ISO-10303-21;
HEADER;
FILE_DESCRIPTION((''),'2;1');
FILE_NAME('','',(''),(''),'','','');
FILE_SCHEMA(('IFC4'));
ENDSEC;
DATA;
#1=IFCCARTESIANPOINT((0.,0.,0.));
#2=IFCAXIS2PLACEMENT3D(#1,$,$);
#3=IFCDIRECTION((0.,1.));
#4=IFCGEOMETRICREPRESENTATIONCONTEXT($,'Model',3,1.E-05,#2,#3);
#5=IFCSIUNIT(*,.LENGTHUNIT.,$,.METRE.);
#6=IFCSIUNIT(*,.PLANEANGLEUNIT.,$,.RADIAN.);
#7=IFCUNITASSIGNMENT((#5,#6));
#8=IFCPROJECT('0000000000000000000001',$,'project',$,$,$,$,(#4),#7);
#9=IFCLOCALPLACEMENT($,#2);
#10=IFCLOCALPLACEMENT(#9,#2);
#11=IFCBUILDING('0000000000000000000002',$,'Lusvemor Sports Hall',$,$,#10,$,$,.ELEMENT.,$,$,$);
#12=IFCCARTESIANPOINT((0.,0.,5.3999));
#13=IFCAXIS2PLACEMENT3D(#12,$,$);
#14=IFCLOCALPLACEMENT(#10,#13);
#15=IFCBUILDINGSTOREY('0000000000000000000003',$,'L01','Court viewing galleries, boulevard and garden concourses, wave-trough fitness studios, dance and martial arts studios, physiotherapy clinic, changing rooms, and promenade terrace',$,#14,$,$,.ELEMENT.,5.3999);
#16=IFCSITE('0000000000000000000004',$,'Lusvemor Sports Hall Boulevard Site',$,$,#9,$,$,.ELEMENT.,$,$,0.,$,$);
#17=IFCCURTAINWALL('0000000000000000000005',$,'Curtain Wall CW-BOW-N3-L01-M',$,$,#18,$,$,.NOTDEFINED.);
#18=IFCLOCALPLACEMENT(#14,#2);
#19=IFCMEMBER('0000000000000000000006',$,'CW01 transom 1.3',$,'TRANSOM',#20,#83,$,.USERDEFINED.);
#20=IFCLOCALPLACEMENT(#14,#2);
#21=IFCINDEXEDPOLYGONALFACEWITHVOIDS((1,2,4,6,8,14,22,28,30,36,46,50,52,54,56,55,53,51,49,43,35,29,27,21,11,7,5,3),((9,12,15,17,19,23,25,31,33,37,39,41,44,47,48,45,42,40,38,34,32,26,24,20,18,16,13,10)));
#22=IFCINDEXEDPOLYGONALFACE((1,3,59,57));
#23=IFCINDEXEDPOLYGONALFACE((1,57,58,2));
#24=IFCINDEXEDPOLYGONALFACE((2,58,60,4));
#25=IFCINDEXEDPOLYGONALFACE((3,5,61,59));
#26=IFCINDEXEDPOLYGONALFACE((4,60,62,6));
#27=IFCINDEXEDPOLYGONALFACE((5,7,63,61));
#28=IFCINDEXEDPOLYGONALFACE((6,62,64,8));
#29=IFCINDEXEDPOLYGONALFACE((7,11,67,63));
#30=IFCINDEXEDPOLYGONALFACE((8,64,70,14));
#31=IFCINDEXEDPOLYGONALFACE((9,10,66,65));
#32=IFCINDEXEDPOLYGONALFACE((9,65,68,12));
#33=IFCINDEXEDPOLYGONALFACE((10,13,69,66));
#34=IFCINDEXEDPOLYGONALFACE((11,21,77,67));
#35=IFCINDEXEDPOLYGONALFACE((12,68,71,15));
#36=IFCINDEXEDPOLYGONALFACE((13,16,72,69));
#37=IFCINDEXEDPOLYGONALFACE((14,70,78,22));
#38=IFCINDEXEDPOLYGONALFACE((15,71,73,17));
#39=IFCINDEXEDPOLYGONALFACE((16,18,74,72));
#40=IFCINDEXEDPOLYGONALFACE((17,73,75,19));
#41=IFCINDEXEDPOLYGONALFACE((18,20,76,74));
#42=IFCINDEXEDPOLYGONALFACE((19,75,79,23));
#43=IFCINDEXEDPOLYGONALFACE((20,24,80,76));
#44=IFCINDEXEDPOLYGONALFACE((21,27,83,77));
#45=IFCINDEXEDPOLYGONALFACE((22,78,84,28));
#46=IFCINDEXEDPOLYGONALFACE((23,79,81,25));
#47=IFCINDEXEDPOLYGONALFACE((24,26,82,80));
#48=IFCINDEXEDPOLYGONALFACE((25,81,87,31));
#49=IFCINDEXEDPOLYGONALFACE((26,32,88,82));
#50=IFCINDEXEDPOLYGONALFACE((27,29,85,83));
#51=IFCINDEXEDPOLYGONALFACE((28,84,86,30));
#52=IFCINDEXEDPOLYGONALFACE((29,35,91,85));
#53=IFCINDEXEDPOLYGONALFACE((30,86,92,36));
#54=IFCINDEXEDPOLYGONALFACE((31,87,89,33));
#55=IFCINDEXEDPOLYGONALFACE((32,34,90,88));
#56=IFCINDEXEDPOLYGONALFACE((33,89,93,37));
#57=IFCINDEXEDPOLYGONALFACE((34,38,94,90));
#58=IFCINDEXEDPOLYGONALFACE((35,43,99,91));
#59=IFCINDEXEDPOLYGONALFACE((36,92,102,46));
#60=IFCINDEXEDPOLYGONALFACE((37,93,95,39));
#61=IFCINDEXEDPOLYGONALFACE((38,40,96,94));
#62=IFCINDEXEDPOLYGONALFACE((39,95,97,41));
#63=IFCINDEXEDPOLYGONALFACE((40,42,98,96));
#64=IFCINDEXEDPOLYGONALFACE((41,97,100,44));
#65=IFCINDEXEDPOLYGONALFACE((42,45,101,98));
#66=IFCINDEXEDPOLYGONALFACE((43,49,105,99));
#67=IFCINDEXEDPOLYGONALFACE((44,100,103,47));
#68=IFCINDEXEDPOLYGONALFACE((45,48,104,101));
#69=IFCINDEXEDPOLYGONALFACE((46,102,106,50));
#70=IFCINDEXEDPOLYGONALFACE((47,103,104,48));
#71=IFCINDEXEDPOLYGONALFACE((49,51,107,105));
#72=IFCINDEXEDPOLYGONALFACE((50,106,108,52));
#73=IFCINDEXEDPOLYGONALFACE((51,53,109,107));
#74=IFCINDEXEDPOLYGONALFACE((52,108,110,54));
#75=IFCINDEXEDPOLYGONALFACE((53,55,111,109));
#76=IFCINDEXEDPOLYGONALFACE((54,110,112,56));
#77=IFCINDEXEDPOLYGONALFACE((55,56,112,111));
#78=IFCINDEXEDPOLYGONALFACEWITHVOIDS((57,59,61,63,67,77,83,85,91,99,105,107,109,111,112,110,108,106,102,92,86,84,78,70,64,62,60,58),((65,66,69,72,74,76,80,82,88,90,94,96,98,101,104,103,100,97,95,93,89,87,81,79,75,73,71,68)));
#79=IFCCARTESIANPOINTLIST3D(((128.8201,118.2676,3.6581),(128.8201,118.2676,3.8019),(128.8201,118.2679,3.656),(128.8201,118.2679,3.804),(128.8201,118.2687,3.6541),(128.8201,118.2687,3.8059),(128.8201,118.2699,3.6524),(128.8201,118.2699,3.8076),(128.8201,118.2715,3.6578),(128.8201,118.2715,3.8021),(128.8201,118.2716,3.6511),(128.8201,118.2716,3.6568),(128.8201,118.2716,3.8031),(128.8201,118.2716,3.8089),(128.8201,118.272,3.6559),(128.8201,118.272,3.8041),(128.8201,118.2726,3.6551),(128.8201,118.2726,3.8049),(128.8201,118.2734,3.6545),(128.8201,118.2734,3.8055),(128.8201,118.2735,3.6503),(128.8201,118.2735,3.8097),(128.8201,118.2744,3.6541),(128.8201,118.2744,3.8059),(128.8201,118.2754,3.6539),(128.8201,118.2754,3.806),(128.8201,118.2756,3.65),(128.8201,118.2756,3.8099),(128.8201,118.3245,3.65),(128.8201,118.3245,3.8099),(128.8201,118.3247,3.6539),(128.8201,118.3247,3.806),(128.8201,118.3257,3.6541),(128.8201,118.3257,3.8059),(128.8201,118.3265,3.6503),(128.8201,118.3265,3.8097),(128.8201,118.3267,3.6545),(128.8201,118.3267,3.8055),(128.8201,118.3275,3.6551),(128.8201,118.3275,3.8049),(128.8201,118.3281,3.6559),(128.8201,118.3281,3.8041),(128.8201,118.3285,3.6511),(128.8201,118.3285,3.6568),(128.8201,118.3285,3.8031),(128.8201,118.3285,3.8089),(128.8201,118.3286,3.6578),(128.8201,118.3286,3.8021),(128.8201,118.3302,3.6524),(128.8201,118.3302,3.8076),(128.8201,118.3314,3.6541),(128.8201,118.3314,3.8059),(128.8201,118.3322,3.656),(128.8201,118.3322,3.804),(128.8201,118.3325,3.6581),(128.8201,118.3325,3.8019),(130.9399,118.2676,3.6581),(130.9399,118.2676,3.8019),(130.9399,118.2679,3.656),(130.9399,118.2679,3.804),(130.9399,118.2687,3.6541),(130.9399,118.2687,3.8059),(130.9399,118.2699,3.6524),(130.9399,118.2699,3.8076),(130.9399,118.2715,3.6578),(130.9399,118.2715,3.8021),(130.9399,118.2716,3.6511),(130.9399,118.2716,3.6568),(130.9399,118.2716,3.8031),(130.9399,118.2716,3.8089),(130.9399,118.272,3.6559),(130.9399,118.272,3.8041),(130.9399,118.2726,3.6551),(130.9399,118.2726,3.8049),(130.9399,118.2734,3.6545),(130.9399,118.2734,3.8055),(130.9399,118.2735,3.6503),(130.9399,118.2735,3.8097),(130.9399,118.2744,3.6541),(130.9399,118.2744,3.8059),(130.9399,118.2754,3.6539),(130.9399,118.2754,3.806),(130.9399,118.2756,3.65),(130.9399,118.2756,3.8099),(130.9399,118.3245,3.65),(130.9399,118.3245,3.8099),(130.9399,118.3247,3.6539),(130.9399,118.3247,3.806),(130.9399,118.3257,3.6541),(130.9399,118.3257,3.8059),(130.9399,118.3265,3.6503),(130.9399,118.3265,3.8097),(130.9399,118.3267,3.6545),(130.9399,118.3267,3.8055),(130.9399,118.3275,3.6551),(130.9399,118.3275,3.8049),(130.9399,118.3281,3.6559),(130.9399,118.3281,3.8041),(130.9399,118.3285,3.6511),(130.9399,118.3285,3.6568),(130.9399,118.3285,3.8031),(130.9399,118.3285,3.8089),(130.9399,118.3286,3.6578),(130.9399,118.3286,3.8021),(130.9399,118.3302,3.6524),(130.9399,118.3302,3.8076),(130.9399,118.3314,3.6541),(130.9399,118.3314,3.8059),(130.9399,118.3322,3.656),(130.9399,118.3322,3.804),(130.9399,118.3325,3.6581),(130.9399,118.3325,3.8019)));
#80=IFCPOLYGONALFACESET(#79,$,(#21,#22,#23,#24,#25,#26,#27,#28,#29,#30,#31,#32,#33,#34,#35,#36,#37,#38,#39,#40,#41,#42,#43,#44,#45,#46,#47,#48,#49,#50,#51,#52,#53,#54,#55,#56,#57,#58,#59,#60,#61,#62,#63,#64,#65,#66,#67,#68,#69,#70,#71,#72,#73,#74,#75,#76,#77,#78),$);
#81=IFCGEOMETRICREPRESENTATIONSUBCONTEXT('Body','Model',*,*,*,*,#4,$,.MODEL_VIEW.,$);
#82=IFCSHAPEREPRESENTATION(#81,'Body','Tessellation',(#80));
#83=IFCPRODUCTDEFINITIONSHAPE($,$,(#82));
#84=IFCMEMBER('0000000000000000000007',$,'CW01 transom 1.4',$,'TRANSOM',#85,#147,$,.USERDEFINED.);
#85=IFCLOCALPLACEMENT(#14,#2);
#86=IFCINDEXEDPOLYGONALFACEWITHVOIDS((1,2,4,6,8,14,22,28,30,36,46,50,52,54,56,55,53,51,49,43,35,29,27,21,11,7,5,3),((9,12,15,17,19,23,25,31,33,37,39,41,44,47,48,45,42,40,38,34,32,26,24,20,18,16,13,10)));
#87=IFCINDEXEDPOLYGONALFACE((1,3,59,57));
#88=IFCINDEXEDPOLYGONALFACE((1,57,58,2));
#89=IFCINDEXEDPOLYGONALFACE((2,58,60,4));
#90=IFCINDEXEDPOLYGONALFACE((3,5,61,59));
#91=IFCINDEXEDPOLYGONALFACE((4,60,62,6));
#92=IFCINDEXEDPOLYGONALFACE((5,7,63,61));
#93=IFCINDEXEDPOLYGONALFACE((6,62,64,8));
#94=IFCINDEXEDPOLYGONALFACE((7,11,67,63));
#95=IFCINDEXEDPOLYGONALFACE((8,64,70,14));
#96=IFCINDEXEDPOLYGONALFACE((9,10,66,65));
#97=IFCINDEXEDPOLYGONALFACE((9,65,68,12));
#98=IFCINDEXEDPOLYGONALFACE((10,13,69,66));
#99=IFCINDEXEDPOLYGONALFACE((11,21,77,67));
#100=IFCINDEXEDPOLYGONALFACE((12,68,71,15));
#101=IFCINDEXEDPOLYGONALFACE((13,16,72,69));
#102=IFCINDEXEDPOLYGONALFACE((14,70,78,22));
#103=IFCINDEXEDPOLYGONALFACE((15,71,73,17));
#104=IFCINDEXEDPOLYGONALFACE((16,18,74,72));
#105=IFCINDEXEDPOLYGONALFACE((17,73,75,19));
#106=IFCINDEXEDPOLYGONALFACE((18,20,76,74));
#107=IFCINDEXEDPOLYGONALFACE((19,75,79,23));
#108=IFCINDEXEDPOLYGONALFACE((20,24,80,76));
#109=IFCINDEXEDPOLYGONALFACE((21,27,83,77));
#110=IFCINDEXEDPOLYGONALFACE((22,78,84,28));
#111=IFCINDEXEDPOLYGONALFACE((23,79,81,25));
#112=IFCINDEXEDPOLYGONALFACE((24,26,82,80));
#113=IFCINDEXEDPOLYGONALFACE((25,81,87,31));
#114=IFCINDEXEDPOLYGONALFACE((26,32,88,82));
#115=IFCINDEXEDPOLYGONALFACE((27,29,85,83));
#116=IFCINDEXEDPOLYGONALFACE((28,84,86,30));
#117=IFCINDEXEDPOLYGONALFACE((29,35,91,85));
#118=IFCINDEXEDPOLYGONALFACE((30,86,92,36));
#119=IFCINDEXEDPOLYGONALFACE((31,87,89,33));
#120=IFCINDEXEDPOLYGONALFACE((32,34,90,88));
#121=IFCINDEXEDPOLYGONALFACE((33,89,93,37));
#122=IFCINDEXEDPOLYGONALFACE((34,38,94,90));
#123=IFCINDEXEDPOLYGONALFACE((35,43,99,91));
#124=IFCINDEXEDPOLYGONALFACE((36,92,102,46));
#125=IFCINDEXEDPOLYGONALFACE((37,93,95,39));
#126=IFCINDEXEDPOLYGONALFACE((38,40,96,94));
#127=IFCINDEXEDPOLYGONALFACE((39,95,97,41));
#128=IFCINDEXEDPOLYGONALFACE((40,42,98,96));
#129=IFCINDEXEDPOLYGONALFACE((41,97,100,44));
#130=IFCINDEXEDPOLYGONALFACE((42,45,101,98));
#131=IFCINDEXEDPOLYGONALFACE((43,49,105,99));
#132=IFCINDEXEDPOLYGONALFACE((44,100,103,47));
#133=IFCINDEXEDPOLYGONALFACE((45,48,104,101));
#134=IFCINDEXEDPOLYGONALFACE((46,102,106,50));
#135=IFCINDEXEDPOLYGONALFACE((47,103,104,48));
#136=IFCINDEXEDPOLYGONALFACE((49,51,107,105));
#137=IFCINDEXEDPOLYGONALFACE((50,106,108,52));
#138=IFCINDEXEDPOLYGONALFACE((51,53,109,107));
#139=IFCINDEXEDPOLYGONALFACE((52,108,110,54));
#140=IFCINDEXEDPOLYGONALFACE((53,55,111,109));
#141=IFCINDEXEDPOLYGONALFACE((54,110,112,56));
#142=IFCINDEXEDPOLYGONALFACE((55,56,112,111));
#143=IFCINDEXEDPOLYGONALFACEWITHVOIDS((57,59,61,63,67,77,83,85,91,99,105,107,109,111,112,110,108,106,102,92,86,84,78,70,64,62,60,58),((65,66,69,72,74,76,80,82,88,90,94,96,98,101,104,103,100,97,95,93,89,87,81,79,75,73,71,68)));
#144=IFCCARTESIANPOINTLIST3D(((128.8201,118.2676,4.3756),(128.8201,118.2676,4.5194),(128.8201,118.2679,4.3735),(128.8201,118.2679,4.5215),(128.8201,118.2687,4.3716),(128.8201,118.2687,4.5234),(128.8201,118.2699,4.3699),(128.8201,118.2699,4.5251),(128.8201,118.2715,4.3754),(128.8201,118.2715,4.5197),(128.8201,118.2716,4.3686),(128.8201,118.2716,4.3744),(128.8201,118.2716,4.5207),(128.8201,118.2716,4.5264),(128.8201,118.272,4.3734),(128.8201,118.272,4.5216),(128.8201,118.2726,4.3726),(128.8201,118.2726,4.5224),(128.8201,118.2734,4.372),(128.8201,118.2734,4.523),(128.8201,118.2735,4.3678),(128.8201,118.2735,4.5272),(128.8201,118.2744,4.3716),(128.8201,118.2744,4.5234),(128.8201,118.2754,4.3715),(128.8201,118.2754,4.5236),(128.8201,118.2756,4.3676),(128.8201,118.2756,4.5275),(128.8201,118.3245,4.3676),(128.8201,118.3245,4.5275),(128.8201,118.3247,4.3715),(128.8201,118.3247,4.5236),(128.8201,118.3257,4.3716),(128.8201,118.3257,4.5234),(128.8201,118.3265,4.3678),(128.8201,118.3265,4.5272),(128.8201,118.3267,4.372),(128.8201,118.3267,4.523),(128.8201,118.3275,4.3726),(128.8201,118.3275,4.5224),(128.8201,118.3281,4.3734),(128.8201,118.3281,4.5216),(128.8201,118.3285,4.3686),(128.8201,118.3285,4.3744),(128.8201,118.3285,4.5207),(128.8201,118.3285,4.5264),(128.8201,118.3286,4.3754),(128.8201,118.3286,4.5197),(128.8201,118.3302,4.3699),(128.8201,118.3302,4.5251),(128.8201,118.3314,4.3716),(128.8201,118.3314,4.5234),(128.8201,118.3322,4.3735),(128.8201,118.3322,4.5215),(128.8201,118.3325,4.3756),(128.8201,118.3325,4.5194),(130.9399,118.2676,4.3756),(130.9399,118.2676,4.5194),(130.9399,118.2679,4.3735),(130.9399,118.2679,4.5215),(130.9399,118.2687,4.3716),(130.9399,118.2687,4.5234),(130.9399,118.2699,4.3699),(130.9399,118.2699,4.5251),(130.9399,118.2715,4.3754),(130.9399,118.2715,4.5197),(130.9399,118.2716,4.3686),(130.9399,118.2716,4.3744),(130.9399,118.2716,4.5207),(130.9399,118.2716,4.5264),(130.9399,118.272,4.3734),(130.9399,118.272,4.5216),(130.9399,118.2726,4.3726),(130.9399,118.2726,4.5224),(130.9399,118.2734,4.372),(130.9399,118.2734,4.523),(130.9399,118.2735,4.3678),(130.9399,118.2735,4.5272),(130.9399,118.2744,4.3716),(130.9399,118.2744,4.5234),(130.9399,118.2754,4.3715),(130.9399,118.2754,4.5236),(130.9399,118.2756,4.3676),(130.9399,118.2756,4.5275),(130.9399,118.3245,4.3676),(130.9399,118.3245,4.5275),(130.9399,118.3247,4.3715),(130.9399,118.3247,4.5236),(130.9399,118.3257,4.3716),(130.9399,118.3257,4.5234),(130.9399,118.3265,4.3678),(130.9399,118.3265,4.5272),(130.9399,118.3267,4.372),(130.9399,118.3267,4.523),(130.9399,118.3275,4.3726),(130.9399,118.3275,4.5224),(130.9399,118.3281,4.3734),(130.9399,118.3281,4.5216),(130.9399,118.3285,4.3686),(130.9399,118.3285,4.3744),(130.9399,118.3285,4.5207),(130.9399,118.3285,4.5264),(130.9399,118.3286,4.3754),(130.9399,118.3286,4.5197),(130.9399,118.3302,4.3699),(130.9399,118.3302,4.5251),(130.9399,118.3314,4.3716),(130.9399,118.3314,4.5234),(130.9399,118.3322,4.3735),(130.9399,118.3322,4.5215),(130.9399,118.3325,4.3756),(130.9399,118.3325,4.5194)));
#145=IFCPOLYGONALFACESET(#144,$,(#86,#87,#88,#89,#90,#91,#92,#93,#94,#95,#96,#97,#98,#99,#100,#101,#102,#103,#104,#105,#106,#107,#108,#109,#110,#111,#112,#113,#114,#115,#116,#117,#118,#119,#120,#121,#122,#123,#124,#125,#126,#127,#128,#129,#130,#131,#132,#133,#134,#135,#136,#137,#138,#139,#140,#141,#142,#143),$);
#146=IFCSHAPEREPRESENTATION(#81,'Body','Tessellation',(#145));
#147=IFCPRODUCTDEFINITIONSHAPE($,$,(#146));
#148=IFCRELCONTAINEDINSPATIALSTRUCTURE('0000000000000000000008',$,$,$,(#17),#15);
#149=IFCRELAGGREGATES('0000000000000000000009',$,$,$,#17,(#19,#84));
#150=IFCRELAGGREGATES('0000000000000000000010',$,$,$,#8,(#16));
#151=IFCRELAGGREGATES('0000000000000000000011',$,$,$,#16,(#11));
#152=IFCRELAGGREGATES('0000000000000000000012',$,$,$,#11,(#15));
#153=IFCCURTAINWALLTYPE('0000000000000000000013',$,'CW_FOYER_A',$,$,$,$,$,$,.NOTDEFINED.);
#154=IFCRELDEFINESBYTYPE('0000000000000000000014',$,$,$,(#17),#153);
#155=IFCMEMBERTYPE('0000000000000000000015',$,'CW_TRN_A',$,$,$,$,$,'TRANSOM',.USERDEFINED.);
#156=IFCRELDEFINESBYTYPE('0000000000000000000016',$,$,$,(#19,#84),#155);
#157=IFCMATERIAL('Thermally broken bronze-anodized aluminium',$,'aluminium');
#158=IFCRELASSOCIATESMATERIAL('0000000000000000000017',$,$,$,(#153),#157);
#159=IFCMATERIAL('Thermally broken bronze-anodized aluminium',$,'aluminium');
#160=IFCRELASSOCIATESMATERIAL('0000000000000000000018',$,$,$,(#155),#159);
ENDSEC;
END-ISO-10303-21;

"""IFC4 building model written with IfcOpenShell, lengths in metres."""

from ifc_helpers import new_model, si_unit, direction, frame, origin, origin_2d, place, context, subcontext, project, spatial, hollow_rectangle, extrude, material, material_profile, profile_set, type_object, element, aggregate, save


model = new_model("IFC4")

# Units and contexts
model_context = context("Model", 3, precision=1e-05, world=origin(), true_north=direction((0.0, 1.0)))
body_context = subcontext(model_context, "Body", "Model", "MODEL_VIEW")
ifc_project = project(units=[si_unit("LENGTHUNIT", "METRE"), si_unit("PLANEANGLEUNIT", "RADIAN")], contexts=[model_context])

# Site, building, storey
site_placement = place(None, origin())
site = spatial("IfcSite", under=ifc_project, at=site_placement, Name="Lusvemor Sports Hall Boulevard Site", CompositionType="ELEMENT", RefElevation=0.0)
building_placement = place(site_placement, origin())
building = spatial("IfcBuilding", under=site, at=building_placement, Name="Lusvemor Sports Hall", CompositionType="ELEMENT")
storey_placement = place(building_placement, frame((0.0, 0.0, 5.3999)))
storey = spatial("IfcBuildingStorey", under=building, at=storey_placement, Name="L01", Description="Court viewing galleries, boulevard and garden concourses, wave-trough fitness studios, dance and martial arts studios, physiotherapy clinic, changing rooms, and promenade terrace", CompositionType="ELEMENT", Elevation=5.3999)

# Curtain wall, members
ifc_material_1 = material(Name="Thermally broken bronze-anodized aluminium", Category="aluminium")
curtain_wall_type = type_object("IfcCurtainWallType", Name="CW_FOYER_A", PredefinedType="NOTDEFINED", material=ifc_material_1)
curtain_wall_placement = place(storey_placement, origin())
curtain_wall = element("IfcCurtainWall", 1, at=curtain_wall_placement, inside=storey, type_object=curtain_wall_type, Name="Curtain Wall CW-BOW-N3-L01-M", PredefinedType="NOTDEFINED")
ifc_material_2 = material(Name="Thermally broken bronze-anodized aluminium", Category="aluminium")
ifc_material_profile_1 = material_profile(ifc_material_2, hollow_rectangle(XDim=0.0649, YDim=0.1599, WallThickness=0.0039, InnerFilletRadius=0.0039, OuterFilletRadius=0.0081, at=origin_2d()), Name="CWTRN160x65x4")
ifc_profile_set_1 = profile_set([ifc_material_profile_1], Name="Thermally broken bronze-anodized aluminium")
member_type_1 = type_object("IfcMemberType", Name="CW_TRN_A", ElementType="TRANSOM", PredefinedType="USERDEFINED", material=ifc_profile_set_1)
member_1_placement = place(storey_placement, frame((128.8201, 118.3, 3.73), z_axis=(1.0, 0.0, 0.0), x_axis=(0.0, 1.0, 0.0)))
member_1 = element("IfcMember", 2, at=member_1_placement, type_object=member_type_1, Name="CW01 transom 1.3", ObjectType="TRANSOM", PredefinedType="USERDEFINED", context=body_context, shape_type="SweptSolid", body=[
    extrude(hollow_rectangle(XDim=0.0649, YDim=0.1599, WallThickness=0.0039, InnerFilletRadius=0.0039, OuterFilletRadius=0.0081, at=origin_2d()), origin(), (0.0, 0.0, 1.0), 2.1199),
])
member_2_placement = place(storey_placement, frame((128.8201, 118.3, 4.4475), z_axis=(1.0, 0.0, 0.0), x_axis=(0.0, 1.0, 0.0)))
member_2 = element("IfcMember", 3, at=member_2_placement, type_object=member_type_1, Name="CW01 transom 1.4", ObjectType="TRANSOM", PredefinedType="USERDEFINED", context=body_context, shape_type="SweptSolid", body=[
    extrude(hollow_rectangle(XDim=0.0649, YDim=0.1599, WallThickness=0.0039, InnerFilletRadius=0.0039, OuterFilletRadius=0.0081, at=origin_2d()), origin(), (0.0, 0.0, 1.0), 2.1199),
])

aggregate(curtain_wall, [member_1, member_2])

save(model, "model.ifc")
